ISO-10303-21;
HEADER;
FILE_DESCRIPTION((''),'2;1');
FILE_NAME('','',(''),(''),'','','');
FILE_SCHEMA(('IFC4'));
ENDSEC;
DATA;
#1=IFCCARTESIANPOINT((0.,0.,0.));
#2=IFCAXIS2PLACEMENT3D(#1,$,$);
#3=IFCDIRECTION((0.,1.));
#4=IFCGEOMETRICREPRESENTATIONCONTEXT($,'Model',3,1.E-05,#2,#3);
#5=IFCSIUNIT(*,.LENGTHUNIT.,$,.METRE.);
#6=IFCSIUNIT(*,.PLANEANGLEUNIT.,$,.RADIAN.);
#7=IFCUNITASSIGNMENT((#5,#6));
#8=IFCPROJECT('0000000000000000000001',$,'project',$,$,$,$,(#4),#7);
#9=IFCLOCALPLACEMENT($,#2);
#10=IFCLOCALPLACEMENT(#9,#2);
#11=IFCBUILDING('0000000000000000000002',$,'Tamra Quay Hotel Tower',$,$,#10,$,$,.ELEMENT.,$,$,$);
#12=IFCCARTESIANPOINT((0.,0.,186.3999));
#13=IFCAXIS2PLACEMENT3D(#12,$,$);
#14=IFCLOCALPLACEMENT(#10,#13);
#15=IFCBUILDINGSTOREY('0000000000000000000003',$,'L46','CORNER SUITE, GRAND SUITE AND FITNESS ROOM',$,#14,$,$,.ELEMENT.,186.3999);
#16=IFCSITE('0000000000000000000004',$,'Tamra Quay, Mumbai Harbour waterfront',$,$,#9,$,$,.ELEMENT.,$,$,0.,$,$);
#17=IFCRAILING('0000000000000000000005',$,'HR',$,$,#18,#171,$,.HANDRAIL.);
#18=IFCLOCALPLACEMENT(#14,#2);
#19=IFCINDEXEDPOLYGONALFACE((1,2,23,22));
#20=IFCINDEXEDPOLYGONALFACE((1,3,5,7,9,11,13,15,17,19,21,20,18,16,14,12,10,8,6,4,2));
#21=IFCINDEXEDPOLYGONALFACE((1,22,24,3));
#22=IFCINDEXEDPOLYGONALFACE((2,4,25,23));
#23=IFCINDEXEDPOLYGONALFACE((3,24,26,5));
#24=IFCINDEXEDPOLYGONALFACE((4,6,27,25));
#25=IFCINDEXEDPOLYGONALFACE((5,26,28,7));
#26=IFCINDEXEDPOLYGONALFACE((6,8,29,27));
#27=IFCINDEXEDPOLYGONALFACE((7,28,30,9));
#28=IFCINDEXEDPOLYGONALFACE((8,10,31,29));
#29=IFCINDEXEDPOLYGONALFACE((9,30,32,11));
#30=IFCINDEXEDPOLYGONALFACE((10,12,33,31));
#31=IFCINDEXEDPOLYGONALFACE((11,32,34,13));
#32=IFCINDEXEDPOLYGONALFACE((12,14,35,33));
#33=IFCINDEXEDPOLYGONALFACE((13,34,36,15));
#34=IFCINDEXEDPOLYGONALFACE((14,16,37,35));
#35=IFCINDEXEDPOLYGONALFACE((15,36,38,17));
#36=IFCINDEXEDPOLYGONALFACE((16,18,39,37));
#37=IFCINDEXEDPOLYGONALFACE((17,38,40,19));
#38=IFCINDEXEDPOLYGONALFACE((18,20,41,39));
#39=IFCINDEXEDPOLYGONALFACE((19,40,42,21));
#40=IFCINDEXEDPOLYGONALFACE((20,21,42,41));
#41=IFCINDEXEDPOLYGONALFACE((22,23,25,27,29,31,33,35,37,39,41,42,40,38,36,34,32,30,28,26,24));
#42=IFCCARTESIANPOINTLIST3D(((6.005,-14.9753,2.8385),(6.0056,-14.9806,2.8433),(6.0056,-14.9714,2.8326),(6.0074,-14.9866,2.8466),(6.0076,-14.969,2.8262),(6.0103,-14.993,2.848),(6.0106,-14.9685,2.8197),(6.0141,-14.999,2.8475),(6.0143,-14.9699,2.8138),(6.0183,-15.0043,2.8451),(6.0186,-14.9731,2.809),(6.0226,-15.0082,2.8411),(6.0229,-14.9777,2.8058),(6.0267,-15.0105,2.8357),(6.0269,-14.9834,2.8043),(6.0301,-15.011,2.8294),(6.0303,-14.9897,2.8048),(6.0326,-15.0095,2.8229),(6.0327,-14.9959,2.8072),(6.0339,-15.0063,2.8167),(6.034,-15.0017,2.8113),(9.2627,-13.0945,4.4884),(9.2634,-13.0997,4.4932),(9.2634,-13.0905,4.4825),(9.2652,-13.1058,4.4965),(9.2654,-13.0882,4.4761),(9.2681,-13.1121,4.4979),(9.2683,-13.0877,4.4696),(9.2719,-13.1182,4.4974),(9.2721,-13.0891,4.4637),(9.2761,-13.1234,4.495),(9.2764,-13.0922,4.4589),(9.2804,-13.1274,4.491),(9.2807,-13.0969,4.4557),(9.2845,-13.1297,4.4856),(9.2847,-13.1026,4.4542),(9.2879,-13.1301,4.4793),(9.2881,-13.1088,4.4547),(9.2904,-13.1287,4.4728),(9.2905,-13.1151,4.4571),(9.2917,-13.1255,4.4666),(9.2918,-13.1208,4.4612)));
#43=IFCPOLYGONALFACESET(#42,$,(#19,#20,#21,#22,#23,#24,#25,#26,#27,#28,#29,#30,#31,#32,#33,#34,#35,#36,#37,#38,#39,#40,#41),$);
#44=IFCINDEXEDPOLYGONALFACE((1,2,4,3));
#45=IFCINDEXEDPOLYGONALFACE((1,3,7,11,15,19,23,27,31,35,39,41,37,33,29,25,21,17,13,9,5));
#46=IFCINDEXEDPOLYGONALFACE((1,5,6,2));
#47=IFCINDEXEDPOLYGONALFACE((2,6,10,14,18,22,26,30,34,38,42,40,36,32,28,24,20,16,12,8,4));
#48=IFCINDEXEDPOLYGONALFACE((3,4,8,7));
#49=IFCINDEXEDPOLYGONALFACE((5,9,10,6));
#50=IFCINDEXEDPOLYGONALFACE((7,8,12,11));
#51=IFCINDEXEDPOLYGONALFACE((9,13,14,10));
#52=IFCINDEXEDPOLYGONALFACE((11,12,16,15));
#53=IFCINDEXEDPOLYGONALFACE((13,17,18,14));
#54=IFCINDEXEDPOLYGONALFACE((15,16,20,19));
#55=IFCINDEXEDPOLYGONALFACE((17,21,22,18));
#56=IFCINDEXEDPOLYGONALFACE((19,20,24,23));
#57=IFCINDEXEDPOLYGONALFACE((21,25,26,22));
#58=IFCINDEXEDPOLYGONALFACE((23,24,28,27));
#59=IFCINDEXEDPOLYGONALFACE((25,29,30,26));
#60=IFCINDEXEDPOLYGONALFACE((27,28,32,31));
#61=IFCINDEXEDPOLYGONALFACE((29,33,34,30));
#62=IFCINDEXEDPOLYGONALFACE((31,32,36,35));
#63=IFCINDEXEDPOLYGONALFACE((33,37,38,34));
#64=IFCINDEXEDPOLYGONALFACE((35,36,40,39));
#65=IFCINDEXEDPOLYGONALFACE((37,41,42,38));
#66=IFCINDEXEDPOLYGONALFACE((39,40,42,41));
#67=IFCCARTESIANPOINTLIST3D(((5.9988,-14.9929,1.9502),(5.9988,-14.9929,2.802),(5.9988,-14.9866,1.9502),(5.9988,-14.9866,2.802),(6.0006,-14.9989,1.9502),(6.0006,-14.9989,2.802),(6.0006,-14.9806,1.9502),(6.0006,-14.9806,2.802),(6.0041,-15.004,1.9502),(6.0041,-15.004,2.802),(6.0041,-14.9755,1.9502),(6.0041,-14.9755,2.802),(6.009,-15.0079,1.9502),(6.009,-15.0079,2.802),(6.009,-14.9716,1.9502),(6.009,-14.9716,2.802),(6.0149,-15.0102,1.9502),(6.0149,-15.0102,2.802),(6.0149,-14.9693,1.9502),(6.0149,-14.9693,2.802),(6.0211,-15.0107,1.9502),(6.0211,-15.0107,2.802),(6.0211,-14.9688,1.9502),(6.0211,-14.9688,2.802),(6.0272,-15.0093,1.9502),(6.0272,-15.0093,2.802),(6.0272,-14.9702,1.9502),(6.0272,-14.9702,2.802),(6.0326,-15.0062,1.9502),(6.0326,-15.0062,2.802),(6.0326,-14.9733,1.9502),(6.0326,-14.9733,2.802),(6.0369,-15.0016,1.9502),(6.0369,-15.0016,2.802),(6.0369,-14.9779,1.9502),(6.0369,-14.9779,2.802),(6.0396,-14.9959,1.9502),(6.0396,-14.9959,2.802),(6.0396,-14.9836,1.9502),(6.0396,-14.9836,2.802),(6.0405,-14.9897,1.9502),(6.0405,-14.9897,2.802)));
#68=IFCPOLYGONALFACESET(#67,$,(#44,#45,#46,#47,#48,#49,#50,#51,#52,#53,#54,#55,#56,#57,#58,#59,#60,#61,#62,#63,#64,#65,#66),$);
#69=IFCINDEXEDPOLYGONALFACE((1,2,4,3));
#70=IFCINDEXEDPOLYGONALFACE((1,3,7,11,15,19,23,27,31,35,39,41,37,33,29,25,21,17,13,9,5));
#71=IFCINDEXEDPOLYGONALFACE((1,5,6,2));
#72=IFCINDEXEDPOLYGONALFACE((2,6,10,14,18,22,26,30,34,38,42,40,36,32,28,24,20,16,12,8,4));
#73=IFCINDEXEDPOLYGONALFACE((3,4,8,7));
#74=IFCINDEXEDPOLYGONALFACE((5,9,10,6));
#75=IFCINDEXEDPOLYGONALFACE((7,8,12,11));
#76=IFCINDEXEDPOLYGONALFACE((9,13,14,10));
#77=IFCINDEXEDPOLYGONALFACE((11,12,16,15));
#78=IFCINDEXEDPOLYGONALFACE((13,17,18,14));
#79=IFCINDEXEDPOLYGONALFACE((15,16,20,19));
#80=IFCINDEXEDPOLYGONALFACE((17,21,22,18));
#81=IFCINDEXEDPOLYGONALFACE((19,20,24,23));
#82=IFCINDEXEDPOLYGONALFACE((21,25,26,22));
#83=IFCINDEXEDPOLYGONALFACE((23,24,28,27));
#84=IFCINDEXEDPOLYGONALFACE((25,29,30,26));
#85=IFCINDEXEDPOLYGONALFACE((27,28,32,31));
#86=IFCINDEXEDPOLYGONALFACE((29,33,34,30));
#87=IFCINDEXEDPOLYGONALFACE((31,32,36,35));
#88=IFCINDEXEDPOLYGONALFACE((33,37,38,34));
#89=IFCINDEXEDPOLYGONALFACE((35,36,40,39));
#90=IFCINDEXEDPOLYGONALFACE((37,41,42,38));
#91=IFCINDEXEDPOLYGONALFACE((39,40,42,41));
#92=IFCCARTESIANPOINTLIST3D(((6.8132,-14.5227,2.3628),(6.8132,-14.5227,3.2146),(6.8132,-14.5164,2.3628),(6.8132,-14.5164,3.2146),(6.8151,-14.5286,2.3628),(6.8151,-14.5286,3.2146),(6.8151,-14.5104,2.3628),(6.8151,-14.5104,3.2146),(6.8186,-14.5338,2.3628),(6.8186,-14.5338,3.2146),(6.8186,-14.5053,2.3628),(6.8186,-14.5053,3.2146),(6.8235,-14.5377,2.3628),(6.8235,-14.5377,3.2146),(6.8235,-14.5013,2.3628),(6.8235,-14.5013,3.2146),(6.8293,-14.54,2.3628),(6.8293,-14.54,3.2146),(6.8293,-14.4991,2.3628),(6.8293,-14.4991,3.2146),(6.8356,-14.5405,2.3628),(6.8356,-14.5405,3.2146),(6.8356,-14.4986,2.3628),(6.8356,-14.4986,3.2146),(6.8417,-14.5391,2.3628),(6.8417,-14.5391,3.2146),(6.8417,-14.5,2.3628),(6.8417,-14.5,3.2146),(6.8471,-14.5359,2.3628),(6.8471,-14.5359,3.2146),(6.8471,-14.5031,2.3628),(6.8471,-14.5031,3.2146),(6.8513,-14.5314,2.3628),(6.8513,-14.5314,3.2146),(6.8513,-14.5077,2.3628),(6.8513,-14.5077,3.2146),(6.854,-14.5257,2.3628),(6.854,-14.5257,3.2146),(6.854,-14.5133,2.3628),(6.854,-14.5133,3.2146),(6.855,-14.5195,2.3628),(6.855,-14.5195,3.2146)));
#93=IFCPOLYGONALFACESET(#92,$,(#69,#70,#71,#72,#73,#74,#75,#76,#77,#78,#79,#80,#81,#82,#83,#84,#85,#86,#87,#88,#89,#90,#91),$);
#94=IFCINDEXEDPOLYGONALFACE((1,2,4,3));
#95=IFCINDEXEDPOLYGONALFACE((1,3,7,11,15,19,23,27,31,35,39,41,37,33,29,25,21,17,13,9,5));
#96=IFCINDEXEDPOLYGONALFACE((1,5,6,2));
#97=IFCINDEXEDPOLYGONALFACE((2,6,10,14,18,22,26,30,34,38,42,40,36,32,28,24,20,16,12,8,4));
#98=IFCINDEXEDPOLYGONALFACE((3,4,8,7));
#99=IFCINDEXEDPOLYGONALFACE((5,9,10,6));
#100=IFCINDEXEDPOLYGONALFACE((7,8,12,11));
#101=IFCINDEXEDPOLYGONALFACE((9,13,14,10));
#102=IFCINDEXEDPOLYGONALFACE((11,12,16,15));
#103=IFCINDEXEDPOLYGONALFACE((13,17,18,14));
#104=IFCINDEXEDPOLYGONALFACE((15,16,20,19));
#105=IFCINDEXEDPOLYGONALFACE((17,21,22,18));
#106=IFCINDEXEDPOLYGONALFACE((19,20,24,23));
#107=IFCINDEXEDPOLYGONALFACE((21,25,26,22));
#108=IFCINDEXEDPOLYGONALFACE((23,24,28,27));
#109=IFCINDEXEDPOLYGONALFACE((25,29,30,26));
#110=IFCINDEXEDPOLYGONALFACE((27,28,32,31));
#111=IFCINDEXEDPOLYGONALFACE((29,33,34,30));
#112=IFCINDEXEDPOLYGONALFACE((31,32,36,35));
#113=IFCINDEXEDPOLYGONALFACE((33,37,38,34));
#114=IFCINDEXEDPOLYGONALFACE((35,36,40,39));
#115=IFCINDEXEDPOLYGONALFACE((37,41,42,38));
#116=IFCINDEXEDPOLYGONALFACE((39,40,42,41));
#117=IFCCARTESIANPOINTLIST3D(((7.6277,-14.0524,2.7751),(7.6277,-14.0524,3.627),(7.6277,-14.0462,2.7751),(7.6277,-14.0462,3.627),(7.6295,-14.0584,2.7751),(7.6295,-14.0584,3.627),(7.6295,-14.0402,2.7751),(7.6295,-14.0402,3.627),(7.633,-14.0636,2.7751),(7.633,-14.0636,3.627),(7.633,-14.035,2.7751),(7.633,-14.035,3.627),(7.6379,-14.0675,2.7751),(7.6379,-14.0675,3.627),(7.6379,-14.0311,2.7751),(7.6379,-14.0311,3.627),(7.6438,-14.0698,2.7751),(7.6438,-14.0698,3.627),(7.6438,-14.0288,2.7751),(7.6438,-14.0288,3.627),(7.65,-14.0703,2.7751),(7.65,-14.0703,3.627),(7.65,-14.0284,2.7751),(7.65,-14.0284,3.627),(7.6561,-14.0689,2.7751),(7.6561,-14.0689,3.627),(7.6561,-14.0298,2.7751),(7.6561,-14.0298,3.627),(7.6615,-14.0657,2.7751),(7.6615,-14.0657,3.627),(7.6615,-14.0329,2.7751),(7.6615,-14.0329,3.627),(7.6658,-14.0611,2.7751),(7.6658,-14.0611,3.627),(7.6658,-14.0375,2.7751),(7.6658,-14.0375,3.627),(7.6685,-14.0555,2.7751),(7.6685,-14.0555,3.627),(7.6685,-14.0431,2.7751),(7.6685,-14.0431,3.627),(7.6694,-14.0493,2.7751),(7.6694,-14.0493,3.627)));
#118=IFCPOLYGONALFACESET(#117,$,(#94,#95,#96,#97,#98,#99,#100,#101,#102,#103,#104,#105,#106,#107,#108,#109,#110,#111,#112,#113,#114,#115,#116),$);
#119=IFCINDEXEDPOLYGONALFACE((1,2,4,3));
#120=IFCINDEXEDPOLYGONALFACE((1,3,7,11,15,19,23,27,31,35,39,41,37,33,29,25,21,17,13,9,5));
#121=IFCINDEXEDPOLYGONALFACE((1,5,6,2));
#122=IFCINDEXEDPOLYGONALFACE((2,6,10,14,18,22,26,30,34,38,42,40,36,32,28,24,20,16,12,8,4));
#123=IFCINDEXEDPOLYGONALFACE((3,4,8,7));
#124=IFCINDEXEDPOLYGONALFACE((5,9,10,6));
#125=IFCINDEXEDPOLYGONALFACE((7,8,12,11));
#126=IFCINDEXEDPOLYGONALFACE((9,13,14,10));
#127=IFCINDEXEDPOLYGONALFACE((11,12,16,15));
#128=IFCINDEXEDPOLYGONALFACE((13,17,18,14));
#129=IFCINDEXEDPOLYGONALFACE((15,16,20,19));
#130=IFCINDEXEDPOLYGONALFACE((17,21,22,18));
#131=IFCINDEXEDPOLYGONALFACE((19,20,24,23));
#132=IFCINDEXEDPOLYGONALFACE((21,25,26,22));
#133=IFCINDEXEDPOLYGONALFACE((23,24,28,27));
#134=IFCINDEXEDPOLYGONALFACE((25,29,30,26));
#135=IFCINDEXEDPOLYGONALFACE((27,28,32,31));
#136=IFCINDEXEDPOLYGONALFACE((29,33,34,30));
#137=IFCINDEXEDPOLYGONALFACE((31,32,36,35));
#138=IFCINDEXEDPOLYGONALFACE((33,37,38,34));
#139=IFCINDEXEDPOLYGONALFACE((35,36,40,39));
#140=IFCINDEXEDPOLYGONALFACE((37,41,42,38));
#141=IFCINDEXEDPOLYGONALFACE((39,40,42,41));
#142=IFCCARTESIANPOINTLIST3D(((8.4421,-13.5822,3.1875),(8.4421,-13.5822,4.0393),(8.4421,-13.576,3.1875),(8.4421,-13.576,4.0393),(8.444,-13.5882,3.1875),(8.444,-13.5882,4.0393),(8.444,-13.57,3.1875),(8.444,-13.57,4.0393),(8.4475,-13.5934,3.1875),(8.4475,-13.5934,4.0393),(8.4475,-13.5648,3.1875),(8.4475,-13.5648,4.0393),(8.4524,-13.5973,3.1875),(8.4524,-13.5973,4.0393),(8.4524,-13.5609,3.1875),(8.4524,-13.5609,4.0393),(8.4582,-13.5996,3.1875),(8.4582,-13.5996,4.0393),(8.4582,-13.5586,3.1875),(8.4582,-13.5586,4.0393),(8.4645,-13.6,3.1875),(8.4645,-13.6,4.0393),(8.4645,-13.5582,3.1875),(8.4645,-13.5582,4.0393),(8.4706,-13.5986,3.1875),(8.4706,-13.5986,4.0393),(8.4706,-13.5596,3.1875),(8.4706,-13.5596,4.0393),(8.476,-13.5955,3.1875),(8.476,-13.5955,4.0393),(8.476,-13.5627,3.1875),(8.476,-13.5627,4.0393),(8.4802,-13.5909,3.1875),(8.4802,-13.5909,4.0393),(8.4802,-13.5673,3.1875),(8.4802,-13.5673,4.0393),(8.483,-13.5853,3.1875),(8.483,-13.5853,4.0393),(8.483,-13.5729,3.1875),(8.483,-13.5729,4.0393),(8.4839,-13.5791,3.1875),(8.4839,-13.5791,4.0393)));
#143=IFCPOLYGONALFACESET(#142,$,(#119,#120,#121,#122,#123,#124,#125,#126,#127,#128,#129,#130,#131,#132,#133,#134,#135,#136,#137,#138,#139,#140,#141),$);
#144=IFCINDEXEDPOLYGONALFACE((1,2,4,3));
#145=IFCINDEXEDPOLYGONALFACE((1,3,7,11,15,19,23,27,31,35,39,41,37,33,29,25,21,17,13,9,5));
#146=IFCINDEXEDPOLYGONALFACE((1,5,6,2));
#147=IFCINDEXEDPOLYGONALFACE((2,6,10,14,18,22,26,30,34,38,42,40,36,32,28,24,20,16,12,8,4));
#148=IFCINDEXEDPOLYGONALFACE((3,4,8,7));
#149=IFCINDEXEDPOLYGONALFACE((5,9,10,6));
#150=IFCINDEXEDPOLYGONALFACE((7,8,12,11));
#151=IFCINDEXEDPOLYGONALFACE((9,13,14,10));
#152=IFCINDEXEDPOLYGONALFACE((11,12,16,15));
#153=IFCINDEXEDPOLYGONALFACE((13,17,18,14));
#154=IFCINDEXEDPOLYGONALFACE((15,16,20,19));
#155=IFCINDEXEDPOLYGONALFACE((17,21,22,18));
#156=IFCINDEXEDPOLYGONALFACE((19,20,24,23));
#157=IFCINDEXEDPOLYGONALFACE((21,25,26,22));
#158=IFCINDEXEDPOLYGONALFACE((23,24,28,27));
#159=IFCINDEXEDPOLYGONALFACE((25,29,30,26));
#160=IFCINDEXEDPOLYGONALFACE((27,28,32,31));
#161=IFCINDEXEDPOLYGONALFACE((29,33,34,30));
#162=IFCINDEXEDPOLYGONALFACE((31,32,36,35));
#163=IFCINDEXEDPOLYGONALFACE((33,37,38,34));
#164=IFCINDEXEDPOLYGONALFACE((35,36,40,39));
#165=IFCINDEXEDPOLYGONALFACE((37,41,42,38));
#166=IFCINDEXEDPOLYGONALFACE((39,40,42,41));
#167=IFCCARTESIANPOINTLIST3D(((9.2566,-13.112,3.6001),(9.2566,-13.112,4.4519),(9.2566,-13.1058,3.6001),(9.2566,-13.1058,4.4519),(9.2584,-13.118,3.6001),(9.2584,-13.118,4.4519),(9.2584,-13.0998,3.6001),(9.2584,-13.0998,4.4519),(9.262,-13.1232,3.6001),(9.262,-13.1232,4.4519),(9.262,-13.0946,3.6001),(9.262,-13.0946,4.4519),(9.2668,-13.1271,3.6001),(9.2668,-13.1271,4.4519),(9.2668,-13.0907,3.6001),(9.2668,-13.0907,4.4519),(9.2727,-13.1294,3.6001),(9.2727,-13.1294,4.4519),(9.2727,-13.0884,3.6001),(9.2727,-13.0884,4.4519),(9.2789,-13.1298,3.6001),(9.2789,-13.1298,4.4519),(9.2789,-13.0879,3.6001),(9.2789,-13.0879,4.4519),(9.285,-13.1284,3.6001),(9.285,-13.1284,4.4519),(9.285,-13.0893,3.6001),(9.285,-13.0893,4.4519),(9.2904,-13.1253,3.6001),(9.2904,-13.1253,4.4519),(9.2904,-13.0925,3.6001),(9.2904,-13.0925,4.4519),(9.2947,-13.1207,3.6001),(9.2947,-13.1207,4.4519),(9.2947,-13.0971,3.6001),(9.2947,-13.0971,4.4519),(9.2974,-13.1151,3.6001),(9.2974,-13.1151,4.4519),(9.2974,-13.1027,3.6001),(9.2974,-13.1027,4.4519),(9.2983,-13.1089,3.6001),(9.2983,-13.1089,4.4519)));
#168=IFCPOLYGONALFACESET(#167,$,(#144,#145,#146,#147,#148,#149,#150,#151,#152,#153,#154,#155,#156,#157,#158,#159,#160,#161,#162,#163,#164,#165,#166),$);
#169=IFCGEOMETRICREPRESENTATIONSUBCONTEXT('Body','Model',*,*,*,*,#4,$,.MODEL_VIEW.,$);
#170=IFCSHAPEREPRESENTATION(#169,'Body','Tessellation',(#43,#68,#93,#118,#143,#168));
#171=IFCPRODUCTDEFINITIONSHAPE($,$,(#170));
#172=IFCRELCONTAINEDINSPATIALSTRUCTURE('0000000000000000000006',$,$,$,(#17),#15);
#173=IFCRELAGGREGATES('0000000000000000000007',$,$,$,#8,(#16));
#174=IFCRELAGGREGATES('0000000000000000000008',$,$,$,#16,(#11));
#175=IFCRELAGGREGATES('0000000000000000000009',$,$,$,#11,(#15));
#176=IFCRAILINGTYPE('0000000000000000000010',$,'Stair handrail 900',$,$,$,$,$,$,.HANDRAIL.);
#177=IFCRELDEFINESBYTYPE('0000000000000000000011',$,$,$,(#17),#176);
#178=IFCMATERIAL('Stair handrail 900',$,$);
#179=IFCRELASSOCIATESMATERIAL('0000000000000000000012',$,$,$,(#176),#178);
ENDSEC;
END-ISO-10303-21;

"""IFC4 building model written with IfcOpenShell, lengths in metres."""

from ifc_helpers import new_model, si_unit, direction, frame, origin, origin_2d, place, context, subcontext, project, spatial, circle, extrude, material, type_object, element, save


model = new_model("IFC4")

# Units and contexts
model_context = context("Model", 3, precision=1e-05, world=origin(), true_north=direction((0.0, 1.0)))
body_context = subcontext(model_context, "Body", "Model", "MODEL_VIEW")
ifc_project = project(units=[si_unit("LENGTHUNIT", "METRE"), si_unit("PLANEANGLEUNIT", "RADIAN")], contexts=[model_context])

# Site, building, storey
site_placement = place(None, origin())
site = spatial("IfcSite", under=ifc_project, at=site_placement, Name="Tamra Quay, Mumbai Harbour waterfront", CompositionType="ELEMENT", RefElevation=0.0)
building_placement = place(site_placement, origin())
building = spatial("IfcBuilding", under=site, at=building_placement, Name="Tamra Quay Hotel Tower", CompositionType="ELEMENT")
storey_placement = place(building_placement, frame((0.0, 0.0, 186.3999)))
storey = spatial("IfcBuildingStorey", under=building, at=storey_placement, Name="L46", Description="CORNER SUITE, GRAND SUITE AND FITNESS ROOM", CompositionType="ELEMENT", Elevation=186.3999)

# Railing
ifc_material_1 = material(Name="Stair handrail 900")
railing_type_1 = type_object("IfcRailingType", Name="Stair handrail 900", PredefinedType="HANDRAIL", material=ifc_material_1)
railing_1_placement = place(storey_placement, frame((6.0195, -14.9897, 1.9502)))
element("IfcRailing", 1, at=railing_1_placement, inside=storey, type_object=railing_type_1, Name="HR", PredefinedType="HANDRAIL", context=body_context, shape_type="SweptSolid", body=[
    extrude(circle(Radius=0.0239, at=origin_2d()), frame((0.0, 0.0, 0.876), z_axis=(0.7931, 0.457887, 0.401661), x_axis=(-0.499992, 0.86603, 0.0)), (0.0, 0.0, 1.0), 4.1077),
    extrude(circle(Radius=0.021, at=origin_2d()), origin(), (0.0, 0.0, 1.0), 0.8518),
    extrude(circle(Radius=0.021, at=origin_2d()), frame((0.8145, 0.4702, 0.4126)), (0.0, 0.0, 1.0), 0.8518),
    extrude(circle(Radius=0.021, at=origin_2d()), frame((1.6289, 0.9404, 0.825)), (0.0, 0.0, 1.0), 0.8518),
    extrude(circle(Radius=0.021, at=origin_2d()), frame((2.4434, 1.4106, 1.2373)), (0.0, 0.0, 1.0), 0.8518),
    extrude(circle(Radius=0.021, at=origin_2d()), frame((3.2578, 1.8809, 1.6499)), (0.0, 0.0, 1.0), 0.8518),
])

save(model, "model.ifc")
